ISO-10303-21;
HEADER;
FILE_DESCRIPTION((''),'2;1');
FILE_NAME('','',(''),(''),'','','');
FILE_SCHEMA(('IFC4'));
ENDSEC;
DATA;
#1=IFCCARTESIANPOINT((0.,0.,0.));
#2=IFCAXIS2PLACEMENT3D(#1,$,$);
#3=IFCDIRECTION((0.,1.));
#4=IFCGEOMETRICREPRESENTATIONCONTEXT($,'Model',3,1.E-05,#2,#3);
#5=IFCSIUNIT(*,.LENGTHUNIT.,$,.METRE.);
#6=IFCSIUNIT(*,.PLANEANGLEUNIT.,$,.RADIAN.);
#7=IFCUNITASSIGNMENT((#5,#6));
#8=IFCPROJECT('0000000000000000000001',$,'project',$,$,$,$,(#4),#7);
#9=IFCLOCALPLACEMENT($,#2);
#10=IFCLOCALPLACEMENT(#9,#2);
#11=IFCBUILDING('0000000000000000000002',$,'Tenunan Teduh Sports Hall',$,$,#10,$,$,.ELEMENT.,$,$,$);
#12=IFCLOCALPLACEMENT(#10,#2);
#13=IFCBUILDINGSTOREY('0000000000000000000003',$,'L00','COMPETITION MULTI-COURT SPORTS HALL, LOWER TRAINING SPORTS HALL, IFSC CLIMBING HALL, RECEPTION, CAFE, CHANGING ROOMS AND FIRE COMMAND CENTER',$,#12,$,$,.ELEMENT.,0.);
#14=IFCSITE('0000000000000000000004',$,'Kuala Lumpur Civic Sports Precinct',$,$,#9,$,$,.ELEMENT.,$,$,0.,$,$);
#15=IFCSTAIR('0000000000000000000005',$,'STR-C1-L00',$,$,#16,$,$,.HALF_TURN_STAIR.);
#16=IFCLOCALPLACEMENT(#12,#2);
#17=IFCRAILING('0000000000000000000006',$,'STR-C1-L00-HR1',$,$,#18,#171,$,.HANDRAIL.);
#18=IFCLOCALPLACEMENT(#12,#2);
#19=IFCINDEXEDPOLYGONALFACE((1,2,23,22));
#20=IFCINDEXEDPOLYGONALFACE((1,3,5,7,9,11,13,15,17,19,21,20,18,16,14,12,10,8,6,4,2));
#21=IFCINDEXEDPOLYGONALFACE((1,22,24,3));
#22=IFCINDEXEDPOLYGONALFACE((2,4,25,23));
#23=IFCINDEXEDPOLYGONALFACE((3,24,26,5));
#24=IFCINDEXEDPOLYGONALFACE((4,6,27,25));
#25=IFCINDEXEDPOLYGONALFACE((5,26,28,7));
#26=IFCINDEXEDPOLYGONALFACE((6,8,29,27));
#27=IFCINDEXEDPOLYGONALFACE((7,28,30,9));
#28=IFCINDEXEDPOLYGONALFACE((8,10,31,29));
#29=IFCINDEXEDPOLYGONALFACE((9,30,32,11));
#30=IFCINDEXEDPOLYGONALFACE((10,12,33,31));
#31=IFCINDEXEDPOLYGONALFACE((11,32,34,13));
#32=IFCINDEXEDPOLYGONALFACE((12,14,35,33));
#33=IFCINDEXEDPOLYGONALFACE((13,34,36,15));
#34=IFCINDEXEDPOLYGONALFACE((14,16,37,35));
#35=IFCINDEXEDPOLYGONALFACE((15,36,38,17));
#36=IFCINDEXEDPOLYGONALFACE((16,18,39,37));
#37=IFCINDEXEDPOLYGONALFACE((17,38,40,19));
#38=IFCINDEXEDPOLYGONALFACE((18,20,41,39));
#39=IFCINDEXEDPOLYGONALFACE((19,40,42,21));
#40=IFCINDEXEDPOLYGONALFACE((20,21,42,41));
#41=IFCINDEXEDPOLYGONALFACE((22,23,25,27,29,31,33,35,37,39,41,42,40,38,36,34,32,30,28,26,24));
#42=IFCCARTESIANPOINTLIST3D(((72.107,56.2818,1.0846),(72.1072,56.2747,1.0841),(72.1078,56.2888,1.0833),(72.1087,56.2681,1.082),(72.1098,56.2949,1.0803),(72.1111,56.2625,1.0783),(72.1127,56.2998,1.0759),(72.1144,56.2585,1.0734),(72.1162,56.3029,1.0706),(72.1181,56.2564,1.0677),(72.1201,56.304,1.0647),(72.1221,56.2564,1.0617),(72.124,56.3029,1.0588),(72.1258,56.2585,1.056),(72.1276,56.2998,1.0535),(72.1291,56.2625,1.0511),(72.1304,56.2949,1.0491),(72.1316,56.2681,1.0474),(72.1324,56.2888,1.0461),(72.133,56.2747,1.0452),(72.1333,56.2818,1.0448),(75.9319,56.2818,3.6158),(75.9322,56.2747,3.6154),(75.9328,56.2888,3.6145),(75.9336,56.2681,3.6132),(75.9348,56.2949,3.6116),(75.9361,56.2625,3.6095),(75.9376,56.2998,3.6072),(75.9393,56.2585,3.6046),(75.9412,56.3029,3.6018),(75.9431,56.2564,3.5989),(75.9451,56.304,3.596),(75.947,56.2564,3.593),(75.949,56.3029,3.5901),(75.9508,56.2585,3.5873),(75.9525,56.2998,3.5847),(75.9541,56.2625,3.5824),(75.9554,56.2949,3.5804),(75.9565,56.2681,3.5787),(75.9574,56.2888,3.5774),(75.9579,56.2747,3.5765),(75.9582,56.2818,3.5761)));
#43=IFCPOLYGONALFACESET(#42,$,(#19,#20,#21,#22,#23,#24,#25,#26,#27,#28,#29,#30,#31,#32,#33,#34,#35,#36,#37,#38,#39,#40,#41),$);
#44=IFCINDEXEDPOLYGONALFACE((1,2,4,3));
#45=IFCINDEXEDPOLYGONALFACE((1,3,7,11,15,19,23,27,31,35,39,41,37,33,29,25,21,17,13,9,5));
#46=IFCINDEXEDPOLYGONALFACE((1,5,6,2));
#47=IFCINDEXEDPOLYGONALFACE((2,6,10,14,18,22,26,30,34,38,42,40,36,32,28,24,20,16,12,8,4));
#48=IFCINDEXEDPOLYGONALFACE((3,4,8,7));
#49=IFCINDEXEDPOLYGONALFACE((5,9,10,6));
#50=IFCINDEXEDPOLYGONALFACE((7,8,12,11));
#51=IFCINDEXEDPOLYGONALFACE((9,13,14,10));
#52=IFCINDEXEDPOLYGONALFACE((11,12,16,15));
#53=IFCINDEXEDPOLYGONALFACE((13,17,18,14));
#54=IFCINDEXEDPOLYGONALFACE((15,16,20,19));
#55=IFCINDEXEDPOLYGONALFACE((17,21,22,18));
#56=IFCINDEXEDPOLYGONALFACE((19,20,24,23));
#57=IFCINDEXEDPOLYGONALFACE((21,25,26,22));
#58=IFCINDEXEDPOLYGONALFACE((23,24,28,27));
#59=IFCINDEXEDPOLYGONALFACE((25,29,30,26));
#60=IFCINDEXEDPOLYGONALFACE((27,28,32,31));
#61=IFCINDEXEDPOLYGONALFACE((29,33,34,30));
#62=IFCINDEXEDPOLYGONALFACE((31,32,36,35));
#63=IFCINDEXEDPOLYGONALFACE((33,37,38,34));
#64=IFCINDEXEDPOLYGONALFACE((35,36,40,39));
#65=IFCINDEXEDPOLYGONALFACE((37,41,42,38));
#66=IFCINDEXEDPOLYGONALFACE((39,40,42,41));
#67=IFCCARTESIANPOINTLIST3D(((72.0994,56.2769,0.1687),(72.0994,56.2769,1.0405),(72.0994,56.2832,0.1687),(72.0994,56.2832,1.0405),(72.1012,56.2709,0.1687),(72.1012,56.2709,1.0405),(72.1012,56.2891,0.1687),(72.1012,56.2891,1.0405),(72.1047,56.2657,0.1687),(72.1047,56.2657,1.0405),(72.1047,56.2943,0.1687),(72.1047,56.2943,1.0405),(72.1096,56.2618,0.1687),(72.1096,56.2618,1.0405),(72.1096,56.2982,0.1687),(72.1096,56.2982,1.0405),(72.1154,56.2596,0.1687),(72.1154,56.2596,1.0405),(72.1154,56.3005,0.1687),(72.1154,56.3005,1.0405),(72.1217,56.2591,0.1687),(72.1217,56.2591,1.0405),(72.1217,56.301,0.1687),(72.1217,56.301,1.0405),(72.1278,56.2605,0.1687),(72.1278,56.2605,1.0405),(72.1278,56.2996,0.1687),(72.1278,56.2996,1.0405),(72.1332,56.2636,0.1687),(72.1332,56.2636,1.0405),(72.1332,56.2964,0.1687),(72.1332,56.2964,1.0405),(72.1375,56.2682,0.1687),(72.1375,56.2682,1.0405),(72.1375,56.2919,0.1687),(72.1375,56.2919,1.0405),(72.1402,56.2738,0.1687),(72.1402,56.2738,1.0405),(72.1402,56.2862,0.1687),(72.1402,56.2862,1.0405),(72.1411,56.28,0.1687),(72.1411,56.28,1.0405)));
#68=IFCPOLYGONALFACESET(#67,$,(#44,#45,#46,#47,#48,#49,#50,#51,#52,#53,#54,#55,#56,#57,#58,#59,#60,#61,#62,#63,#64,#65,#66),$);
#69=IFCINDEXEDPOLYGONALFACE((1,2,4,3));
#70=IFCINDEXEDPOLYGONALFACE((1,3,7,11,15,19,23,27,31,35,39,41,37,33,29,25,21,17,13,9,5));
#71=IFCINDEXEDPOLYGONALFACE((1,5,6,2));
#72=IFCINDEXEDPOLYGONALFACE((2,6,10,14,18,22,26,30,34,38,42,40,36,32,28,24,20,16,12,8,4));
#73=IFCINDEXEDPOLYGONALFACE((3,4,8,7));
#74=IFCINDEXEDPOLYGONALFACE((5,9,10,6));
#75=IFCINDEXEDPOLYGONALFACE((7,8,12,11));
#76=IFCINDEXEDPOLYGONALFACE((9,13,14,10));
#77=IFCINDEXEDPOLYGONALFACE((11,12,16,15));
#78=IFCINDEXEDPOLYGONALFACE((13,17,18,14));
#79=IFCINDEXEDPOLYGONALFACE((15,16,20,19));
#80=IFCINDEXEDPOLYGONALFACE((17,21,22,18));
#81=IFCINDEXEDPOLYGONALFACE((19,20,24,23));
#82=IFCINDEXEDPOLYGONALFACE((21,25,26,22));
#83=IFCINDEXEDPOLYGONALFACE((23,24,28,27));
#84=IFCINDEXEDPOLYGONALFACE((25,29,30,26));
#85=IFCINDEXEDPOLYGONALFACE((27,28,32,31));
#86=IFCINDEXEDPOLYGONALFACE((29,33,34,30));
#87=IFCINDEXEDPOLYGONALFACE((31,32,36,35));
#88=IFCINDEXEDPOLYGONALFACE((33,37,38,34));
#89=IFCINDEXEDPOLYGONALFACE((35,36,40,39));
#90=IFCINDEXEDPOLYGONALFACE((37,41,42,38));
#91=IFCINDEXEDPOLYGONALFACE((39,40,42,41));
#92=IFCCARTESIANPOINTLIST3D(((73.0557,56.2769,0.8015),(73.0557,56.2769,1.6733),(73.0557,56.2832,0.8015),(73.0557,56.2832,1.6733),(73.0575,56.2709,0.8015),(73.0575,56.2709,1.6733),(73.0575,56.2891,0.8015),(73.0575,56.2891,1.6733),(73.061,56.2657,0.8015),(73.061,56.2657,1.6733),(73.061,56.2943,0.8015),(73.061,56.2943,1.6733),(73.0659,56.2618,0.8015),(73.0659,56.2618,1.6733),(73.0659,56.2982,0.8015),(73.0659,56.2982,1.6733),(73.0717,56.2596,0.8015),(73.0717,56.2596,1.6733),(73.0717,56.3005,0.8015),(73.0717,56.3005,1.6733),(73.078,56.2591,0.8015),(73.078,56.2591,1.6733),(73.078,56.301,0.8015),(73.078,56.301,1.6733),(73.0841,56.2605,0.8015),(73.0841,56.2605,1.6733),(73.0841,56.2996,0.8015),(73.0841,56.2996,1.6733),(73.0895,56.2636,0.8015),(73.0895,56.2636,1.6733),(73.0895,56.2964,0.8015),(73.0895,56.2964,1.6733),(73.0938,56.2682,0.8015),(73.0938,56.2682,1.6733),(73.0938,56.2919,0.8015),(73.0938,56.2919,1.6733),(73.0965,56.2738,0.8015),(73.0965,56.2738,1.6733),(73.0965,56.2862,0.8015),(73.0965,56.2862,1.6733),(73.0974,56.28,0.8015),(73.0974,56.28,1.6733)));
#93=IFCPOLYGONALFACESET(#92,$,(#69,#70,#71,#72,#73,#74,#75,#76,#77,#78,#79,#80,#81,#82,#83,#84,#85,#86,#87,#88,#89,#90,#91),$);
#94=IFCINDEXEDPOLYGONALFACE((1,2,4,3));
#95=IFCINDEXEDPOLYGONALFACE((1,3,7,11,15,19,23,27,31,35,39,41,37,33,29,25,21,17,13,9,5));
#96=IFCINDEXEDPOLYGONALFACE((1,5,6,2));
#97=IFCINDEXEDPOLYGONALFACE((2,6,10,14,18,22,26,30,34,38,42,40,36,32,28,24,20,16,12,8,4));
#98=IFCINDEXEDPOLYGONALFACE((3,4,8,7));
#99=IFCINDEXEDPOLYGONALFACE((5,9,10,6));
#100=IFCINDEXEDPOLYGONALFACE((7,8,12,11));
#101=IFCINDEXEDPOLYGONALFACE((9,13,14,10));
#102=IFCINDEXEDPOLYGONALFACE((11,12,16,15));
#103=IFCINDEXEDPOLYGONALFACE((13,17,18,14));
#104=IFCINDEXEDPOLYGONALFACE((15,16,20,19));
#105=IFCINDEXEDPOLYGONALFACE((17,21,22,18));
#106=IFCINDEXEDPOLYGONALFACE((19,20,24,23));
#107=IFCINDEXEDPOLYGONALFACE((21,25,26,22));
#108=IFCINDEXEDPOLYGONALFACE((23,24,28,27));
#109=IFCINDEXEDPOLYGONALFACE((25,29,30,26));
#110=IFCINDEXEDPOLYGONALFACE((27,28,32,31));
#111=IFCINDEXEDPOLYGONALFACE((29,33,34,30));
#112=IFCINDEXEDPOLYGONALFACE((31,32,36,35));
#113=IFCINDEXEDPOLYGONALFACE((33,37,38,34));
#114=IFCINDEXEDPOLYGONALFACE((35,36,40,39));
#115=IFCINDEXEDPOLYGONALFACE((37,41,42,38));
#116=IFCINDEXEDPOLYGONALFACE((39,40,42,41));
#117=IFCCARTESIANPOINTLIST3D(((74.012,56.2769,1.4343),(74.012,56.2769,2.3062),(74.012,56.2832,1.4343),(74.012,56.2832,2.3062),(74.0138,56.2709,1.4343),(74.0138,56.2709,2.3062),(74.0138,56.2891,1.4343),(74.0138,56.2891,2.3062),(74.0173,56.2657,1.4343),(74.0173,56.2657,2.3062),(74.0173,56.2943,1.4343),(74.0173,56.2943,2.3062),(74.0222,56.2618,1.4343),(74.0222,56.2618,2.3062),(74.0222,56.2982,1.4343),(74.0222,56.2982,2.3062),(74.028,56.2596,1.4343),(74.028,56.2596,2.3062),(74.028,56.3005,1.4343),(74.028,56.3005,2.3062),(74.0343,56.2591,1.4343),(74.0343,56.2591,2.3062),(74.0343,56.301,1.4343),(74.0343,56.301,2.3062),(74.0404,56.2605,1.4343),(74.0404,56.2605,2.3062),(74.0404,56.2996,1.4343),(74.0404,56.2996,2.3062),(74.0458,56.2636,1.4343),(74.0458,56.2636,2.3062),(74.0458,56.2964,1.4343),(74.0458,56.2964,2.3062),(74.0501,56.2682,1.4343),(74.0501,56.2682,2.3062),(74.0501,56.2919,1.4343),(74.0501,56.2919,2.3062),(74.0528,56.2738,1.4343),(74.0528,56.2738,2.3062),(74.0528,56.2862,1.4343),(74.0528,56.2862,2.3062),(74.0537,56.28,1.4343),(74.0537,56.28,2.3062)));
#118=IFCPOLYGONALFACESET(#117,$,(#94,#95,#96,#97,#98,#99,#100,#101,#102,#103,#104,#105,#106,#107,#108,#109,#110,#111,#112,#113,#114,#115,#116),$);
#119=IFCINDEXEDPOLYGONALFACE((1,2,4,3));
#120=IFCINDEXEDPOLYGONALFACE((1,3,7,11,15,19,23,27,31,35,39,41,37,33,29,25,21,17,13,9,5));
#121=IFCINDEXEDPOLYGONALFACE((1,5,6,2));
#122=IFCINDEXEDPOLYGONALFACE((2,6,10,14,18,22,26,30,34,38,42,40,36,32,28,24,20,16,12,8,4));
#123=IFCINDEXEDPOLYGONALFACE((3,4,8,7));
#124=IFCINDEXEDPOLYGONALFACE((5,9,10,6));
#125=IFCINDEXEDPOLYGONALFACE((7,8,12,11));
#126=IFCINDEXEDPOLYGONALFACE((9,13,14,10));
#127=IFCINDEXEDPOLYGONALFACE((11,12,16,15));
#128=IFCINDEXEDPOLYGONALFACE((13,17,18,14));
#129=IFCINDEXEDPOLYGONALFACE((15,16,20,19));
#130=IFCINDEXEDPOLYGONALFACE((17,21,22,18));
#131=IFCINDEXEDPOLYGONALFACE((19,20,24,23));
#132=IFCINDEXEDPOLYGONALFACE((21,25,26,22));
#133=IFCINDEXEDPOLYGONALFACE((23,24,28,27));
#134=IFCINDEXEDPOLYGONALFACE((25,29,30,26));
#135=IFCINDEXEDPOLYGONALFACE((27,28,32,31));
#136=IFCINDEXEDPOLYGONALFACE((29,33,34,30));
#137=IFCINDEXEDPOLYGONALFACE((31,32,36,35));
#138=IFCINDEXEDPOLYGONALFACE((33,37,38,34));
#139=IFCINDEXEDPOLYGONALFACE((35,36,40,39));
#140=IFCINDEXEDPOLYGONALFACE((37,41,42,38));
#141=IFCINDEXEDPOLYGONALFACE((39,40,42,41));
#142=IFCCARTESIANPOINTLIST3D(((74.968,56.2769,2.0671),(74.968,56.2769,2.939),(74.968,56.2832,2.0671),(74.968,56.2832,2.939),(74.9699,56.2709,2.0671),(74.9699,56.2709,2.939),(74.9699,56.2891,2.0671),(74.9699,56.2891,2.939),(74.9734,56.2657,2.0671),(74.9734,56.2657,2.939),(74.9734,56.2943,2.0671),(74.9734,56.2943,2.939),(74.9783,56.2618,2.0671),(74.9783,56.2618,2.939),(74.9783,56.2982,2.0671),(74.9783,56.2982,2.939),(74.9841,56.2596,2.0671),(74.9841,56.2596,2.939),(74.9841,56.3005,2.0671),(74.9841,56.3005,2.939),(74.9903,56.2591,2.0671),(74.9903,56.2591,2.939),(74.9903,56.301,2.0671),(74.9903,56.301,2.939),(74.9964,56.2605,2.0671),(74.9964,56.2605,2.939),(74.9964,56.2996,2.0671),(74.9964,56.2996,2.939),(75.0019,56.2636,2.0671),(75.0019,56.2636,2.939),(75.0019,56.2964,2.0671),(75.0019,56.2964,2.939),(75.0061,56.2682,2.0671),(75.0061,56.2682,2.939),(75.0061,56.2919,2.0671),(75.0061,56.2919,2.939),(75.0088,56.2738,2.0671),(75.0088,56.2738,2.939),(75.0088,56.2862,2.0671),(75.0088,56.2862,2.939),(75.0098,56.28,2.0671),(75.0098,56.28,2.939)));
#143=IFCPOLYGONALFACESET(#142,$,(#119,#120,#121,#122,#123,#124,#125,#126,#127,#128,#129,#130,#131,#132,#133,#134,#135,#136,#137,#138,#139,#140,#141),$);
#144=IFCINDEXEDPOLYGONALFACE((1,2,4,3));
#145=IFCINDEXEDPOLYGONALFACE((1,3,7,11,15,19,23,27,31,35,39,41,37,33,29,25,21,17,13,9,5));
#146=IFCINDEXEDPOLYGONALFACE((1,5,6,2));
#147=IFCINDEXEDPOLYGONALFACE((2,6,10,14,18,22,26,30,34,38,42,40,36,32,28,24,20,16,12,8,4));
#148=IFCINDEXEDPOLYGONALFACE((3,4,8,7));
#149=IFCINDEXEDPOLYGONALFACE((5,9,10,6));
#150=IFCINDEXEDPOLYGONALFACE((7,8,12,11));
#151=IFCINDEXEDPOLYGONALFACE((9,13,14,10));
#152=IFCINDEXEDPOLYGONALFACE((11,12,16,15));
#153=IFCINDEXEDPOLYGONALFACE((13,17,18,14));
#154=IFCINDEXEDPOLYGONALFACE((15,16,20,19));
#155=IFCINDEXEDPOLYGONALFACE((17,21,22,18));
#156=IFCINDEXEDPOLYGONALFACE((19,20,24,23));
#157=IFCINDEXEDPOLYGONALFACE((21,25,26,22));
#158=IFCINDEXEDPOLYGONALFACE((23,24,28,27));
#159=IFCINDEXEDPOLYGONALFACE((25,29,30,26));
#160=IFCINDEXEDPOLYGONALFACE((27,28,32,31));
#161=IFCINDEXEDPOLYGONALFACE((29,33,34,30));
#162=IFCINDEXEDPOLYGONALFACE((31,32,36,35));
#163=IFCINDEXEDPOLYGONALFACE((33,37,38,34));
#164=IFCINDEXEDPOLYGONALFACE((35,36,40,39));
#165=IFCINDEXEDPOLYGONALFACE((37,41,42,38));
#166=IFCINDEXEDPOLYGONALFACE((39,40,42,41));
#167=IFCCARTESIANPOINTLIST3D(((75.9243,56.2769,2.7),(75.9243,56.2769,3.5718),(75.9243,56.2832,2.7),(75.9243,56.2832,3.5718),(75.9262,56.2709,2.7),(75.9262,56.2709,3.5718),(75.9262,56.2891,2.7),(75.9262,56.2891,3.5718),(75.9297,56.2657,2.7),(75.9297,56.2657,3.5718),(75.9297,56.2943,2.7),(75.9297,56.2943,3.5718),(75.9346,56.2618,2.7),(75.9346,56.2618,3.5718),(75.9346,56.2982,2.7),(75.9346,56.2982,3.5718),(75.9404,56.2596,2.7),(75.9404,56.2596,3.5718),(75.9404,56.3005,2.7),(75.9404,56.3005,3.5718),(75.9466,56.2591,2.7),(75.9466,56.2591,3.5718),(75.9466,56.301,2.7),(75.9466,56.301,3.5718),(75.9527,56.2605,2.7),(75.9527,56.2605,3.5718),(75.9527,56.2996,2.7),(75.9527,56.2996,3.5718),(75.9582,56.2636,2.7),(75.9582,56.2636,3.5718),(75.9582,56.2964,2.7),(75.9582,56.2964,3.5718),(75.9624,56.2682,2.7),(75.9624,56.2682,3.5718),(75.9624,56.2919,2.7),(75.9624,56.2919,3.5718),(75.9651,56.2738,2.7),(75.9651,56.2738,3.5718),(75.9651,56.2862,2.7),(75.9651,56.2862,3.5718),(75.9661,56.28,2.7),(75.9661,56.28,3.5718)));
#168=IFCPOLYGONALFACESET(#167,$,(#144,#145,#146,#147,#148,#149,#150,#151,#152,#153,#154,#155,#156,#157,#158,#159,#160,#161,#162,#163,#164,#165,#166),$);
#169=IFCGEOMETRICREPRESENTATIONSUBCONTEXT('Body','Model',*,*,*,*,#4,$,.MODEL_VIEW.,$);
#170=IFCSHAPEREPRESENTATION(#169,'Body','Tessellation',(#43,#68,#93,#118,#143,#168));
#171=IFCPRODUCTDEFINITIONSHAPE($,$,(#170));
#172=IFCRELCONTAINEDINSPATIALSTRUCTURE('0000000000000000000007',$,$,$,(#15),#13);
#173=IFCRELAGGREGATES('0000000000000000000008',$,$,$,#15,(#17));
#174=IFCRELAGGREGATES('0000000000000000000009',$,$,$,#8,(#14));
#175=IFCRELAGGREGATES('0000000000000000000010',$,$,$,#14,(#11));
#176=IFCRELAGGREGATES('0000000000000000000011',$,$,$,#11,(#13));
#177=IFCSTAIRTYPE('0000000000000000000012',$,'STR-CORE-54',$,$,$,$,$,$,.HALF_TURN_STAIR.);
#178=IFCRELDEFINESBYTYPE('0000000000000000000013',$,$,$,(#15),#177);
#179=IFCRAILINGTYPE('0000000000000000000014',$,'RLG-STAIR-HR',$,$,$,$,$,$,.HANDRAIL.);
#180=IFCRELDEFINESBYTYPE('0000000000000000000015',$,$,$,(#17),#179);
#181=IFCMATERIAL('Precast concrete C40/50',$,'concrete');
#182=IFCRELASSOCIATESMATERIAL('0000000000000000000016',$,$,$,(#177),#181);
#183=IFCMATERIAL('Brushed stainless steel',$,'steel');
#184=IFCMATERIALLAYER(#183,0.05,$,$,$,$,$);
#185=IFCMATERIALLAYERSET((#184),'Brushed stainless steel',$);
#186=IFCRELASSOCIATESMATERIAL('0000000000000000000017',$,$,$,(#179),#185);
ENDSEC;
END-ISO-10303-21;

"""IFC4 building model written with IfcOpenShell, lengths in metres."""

from ifc_helpers import new_model, si_unit, direction, frame, origin, origin_2d, place, context, subcontext, project, spatial, circle, extrude, material, layer, layer_set, type_object, element, aggregate, save


model = new_model("IFC4")

# Units and contexts
model_context = context("Model", 3, precision=1e-05, world=origin(), true_north=direction((0.0, 1.0)))
body_context = subcontext(model_context, "Body", "Model", "MODEL_VIEW")
ifc_project = project(units=[si_unit("LENGTHUNIT", "METRE"), si_unit("PLANEANGLEUNIT", "RADIAN")], contexts=[model_context])

# Site, building, storey
site_placement = place(None, origin())
site = spatial("IfcSite", under=ifc_project, at=site_placement, Name="Kuala Lumpur Civic Sports Precinct", CompositionType="ELEMENT", RefElevation=0.0)
building_placement = place(site_placement, origin())
building = spatial("IfcBuilding", under=site, at=building_placement, Name="Tenunan Teduh Sports Hall", CompositionType="ELEMENT")
storey_placement = place(building_placement, origin())
storey = spatial("IfcBuildingStorey", under=building, at=storey_placement, Name="L00", Description="COMPETITION MULTI-COURT SPORTS HALL, LOWER TRAINING SPORTS HALL, IFSC CLIMBING HALL, RECEPTION, CAFE, CHANGING ROOMS AND FIRE COMMAND CENTER", CompositionType="ELEMENT", Elevation=0.0)

# Stair
ifc_material_1 = material(Name="Precast concrete C40/50", Category="concrete")
stair_type = type_object("IfcStairType", Name="STR-CORE-54", PredefinedType="HALF_TURN_STAIR", material=ifc_material_1)
stair_placement = place(storey_placement, origin())
stair = element("IfcStair", 1, at=stair_placement, inside=storey, type_object=stair_type, Name="STR-C1-L00", PredefinedType="HALF_TURN_STAIR")

# Railing
ifc_material_2 = material(Name="Brushed stainless steel", Category="steel")
ifc_layer_1 = layer(ifc_material_2, 0.05)
ifc_layer_set_1 = layer_set([ifc_layer_1], Name="Brushed stainless steel")
railing_type_1 = type_object("IfcRailingType", Name="RLG-STAIR-HR", PredefinedType="HANDRAIL", material=ifc_layer_set_1)
railing_1_placement = place(storey_placement, frame((72.1201, 56.28, 0.1687)))
railing_1 = element("IfcRailing", 2, at=railing_1_placement, type_object=railing_type_1, Name="STR-C1-L00-HR1", PredefinedType="HANDRAIL", context=body_context, shape_type="SweptSolid", body=[
    extrude(circle(Radius=0.0239, at=origin_2d()), frame((0.0, 0.0, 0.896), z_axis=(0.833929, 0.0, 0.551872), x_axis=(0.0, 1.0, 0.0)), (0.0, 0.0, 1.0), 4.5867),
    extrude(circle(Radius=0.021, at=origin_2d()), origin(), (0.0, 0.0, 1.0), 0.8718),
    extrude(circle(Radius=0.021, at=origin_2d()), frame((0.9563, 0.0, 0.6328)), (0.0, 0.0, 1.0), 0.8718),
    extrude(circle(Radius=0.021, at=origin_2d()), frame((1.9126, 0.0, 1.2656)), (0.0, 0.0, 1.0), 0.8718),
    extrude(circle(Radius=0.021, at=origin_2d()), frame((2.8687, 0.0, 1.8984)), (0.0, 0.0, 1.0), 0.8718),
    extrude(circle(Radius=0.021, at=origin_2d()), frame((3.825, 0.0, 2.5312)), (0.0, 0.0, 1.0), 0.8718),
])
aggregate(stair, [railing_1])

save(model, "model.ifc")
